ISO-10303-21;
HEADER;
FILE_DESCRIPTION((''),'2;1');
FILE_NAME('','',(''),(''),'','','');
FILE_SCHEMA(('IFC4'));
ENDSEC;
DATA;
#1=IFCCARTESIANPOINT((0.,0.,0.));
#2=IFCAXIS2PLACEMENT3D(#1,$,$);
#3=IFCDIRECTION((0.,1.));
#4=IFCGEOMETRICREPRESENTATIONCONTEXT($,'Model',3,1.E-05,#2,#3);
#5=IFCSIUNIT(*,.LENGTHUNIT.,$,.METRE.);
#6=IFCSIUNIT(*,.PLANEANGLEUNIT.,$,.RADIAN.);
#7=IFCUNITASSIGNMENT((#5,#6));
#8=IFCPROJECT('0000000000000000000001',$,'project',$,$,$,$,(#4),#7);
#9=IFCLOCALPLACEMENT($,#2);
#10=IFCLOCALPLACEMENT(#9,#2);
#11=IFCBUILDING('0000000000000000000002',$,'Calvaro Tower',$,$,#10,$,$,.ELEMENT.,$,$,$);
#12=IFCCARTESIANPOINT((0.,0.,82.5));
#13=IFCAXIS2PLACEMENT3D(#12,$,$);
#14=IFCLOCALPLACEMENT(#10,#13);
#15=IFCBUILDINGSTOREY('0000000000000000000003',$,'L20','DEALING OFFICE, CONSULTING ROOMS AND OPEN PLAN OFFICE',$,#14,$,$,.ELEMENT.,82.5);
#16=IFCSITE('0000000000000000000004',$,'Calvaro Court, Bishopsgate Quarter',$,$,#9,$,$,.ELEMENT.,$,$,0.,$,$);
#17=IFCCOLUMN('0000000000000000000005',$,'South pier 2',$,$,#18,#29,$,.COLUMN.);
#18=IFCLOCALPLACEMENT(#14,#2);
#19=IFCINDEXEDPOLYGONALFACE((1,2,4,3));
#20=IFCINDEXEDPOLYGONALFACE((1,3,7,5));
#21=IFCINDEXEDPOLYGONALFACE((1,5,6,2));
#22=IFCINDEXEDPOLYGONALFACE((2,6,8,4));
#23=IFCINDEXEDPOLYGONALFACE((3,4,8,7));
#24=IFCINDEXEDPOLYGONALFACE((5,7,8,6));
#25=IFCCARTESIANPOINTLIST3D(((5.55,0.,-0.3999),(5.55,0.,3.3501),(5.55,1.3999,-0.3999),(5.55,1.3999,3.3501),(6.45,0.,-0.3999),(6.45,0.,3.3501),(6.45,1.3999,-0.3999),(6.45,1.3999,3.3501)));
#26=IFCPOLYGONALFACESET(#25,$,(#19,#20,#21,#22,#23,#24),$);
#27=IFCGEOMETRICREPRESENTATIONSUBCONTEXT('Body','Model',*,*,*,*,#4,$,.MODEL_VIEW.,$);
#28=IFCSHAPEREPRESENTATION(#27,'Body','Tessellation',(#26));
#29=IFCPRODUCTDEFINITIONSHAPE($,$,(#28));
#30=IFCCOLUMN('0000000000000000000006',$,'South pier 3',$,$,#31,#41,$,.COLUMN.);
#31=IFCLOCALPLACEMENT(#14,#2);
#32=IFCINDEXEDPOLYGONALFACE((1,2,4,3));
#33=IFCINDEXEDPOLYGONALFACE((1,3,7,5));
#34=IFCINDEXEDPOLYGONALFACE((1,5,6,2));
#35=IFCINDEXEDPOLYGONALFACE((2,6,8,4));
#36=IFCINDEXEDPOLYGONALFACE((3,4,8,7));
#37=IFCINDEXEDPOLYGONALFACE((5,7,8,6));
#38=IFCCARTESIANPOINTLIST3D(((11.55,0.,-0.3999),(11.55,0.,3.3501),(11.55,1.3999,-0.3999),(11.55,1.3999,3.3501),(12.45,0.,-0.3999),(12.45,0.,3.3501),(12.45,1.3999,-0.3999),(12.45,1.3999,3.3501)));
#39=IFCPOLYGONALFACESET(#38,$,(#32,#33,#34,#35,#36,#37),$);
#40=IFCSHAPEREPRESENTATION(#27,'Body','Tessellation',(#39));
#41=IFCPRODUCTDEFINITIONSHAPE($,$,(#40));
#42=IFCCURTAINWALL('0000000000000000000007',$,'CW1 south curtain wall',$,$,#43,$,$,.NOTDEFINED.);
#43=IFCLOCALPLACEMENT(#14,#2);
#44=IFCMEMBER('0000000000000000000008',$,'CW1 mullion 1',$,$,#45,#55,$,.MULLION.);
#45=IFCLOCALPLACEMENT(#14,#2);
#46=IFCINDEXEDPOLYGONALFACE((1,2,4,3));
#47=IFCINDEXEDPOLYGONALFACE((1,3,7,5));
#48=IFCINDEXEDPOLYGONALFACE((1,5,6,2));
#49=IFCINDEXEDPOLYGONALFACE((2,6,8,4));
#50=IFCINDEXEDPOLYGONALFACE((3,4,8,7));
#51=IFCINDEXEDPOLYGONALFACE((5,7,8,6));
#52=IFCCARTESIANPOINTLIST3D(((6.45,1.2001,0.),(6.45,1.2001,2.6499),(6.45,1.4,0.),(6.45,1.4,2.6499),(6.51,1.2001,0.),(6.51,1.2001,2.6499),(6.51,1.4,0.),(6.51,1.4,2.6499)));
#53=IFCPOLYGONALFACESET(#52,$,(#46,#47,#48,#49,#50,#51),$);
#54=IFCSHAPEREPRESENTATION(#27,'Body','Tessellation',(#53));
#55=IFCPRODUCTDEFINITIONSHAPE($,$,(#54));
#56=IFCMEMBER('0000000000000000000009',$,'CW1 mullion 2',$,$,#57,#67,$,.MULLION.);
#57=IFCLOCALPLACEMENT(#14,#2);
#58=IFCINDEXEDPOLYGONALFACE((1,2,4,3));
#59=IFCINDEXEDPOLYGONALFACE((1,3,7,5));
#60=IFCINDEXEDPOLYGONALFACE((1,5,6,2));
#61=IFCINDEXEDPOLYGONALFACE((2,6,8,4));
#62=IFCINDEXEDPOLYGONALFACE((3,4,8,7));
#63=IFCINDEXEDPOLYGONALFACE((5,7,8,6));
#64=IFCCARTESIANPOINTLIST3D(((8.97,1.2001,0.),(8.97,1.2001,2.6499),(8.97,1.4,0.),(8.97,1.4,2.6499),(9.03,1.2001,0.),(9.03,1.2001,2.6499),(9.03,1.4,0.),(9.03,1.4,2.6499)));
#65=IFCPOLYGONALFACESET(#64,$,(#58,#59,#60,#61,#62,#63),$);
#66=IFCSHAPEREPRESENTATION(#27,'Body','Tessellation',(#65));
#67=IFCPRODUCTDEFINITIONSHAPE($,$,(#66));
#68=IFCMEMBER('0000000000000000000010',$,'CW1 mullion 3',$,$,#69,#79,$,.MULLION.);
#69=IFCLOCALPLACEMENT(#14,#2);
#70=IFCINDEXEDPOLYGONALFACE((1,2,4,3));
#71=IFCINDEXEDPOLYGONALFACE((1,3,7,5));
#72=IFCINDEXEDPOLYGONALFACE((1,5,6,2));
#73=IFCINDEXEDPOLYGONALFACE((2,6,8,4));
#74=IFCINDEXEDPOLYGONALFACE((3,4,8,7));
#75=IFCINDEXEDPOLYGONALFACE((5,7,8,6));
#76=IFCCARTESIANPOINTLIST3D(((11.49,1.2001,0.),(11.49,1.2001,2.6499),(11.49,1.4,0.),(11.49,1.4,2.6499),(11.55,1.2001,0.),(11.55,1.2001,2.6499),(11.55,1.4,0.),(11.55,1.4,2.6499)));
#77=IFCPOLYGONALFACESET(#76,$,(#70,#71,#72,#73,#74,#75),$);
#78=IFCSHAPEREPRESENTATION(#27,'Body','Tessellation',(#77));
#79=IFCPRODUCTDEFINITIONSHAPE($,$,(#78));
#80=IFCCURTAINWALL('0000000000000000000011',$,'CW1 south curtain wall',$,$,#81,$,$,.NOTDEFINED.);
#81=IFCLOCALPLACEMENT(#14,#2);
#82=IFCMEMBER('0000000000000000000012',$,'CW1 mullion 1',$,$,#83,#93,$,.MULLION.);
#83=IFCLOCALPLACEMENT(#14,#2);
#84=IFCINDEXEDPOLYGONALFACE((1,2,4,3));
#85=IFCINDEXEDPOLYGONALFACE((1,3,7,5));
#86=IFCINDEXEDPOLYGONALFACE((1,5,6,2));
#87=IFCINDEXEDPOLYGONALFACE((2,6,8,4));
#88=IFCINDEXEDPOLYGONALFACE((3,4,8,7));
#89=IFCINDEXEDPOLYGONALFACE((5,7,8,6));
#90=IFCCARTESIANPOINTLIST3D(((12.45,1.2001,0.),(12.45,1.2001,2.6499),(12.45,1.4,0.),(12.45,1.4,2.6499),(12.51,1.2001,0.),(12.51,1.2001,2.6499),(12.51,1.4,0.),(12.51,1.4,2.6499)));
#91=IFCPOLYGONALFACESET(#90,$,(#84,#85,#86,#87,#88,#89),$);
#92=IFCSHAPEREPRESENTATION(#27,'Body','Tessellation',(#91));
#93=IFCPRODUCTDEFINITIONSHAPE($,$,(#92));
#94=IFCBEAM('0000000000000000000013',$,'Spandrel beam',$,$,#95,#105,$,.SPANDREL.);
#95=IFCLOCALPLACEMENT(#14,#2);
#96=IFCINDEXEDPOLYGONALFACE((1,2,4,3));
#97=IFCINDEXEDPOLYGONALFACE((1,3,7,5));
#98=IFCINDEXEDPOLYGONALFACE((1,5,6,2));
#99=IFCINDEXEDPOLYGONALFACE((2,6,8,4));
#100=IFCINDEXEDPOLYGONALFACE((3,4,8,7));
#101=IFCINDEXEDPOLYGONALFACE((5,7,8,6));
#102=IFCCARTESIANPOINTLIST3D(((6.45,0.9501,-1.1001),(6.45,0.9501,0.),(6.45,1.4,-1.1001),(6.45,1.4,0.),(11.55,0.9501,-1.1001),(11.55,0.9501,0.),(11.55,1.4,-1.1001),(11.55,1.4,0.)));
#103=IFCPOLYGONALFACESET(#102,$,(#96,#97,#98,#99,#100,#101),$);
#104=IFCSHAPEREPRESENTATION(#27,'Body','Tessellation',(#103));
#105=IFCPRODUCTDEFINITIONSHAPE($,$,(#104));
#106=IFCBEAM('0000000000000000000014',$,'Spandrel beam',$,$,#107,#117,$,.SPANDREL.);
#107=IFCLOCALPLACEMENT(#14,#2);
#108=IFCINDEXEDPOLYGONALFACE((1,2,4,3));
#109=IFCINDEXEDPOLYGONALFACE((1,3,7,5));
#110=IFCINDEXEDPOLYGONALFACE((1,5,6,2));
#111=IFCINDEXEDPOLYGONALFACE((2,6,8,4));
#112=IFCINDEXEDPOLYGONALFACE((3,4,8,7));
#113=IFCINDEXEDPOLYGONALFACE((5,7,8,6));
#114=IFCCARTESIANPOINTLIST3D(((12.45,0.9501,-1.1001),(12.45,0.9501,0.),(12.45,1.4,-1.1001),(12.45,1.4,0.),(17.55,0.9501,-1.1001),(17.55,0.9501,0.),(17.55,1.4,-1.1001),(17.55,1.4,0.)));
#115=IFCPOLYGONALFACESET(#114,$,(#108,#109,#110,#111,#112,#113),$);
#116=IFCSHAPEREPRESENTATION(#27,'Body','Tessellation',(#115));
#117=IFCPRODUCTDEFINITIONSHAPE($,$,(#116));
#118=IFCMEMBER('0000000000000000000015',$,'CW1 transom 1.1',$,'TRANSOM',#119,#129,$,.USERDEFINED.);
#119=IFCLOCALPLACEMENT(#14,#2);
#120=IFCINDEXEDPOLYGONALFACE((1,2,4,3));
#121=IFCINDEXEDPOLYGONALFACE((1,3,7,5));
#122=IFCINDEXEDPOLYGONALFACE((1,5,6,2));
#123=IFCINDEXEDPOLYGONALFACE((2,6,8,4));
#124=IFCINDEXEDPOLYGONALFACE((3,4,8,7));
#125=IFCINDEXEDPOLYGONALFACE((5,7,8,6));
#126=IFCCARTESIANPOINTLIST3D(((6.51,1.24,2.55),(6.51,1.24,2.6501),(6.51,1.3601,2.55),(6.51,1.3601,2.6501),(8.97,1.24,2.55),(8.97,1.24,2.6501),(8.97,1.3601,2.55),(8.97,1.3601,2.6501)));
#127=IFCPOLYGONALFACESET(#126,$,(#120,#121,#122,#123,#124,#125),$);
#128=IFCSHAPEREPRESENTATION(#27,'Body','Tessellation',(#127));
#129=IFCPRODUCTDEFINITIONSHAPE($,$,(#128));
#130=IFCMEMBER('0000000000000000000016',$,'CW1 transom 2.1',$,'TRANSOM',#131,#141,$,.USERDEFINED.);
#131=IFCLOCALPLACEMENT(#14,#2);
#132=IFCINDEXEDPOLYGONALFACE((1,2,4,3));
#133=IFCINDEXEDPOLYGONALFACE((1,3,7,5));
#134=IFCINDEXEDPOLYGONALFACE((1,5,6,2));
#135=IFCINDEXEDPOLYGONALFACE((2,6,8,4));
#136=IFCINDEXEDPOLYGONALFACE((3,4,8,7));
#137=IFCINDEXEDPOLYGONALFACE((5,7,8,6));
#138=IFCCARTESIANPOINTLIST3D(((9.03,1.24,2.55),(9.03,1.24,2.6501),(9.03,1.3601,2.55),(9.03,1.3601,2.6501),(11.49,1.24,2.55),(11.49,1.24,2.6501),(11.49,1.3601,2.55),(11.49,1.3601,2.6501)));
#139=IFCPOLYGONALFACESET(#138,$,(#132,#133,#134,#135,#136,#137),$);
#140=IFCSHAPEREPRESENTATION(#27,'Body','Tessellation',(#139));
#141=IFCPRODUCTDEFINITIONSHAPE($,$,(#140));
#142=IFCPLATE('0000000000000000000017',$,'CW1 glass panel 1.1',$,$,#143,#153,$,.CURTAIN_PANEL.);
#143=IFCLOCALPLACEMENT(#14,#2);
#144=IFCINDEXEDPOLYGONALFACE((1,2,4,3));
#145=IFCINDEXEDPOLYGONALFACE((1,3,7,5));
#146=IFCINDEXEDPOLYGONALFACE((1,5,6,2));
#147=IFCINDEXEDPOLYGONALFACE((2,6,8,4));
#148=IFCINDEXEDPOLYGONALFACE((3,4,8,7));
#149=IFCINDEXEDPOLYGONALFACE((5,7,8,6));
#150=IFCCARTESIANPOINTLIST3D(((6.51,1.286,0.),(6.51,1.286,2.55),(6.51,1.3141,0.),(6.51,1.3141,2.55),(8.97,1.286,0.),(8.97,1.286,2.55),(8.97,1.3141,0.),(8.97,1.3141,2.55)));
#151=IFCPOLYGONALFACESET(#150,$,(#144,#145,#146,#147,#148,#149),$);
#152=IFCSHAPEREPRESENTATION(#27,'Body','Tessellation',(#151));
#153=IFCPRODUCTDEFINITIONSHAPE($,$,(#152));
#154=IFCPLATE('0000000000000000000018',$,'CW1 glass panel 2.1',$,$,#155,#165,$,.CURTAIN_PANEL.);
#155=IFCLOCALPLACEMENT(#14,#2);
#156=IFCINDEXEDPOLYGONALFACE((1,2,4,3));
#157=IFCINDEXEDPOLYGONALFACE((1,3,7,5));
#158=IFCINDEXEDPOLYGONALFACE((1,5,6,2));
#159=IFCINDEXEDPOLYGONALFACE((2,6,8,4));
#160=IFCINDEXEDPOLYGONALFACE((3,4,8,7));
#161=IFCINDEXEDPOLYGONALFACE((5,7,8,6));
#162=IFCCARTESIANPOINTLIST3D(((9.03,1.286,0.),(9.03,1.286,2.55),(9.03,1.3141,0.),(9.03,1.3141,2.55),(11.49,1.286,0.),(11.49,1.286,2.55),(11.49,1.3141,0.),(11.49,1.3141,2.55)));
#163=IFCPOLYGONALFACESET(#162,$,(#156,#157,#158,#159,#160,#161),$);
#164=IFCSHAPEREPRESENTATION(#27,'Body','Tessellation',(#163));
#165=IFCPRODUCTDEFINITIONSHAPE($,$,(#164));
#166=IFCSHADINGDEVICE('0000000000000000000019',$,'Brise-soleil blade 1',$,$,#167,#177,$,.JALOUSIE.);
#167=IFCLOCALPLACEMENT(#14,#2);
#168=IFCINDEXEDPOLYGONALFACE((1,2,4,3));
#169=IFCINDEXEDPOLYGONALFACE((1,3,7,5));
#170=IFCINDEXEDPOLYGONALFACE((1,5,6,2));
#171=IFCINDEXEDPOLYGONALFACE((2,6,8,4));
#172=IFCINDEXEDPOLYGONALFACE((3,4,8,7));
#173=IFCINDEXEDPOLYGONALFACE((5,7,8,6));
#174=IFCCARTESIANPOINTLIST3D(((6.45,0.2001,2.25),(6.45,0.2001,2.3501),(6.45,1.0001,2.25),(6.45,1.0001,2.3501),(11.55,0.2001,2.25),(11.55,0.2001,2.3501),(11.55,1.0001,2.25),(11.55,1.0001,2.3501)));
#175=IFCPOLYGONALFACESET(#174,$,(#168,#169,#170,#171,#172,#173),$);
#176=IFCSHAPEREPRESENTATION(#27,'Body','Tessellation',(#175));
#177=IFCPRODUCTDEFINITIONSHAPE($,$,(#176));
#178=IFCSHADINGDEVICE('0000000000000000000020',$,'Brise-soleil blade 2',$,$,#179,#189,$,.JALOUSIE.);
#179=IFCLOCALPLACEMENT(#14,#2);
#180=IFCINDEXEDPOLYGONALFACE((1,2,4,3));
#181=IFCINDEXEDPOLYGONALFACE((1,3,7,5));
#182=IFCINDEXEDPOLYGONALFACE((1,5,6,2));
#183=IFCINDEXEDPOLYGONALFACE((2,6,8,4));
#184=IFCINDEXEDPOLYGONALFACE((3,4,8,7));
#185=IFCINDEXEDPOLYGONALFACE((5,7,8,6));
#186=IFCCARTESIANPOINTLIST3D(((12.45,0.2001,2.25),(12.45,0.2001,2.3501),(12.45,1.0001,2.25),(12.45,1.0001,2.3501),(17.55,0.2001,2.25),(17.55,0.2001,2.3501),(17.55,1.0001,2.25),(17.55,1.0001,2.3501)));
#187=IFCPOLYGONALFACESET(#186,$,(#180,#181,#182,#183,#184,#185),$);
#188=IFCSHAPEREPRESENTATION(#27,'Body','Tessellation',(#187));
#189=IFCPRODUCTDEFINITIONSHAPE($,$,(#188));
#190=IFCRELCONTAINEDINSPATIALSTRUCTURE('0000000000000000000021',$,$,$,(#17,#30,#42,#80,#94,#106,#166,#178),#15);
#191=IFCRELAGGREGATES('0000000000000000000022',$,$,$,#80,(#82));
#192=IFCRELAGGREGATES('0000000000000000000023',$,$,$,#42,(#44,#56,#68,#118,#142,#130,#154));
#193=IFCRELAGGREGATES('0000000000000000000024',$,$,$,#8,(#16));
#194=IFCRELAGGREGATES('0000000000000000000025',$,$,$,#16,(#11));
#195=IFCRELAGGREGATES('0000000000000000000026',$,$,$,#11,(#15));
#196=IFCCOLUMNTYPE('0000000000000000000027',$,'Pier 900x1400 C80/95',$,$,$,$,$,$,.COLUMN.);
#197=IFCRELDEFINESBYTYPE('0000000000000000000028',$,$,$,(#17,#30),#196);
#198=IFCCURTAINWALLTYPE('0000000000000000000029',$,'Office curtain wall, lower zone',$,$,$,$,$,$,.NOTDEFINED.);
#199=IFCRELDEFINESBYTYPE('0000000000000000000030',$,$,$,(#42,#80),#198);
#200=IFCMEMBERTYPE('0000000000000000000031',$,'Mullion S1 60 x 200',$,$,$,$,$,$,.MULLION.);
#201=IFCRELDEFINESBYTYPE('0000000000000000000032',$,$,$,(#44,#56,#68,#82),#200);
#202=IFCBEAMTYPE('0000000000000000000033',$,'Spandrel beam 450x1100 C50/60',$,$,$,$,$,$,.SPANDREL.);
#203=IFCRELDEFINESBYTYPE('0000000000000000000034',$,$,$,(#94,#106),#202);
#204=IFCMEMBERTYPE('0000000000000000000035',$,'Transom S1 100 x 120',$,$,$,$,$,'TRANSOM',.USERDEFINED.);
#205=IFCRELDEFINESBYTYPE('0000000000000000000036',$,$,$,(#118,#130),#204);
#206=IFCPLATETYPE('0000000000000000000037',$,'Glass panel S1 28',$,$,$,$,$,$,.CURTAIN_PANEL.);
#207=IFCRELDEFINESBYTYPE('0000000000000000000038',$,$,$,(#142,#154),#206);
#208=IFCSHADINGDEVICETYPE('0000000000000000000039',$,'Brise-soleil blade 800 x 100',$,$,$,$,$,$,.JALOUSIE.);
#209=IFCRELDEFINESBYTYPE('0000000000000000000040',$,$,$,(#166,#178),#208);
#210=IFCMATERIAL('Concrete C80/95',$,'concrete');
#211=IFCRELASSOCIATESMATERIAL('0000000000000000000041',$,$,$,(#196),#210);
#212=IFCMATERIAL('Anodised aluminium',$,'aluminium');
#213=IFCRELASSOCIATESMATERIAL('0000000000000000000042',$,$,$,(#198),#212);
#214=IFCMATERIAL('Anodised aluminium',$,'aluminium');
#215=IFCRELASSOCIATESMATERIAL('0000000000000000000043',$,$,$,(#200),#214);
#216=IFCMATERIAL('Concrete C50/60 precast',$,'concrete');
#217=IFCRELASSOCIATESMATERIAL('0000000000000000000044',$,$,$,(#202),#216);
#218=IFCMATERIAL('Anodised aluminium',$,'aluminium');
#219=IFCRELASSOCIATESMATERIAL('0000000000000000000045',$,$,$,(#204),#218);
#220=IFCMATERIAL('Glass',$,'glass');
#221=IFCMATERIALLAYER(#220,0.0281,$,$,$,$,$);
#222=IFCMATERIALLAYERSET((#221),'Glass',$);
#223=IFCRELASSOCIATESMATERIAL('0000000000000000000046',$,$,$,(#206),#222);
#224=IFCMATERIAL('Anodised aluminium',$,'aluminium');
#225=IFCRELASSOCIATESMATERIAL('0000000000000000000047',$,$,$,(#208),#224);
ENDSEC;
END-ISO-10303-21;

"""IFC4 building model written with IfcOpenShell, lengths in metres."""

from ifc_helpers import new_model, si_unit, direction, frame, origin, origin_2d, place, context, subcontext, project, spatial, rectangle, extrude, material, layer, layer_set, material_profile, profile_set, type_object, element, aggregate, save


model = new_model("IFC4")

# Units and contexts
model_context = context("Model", 3, precision=1e-05, world=origin(), true_north=direction((0.0, 1.0)))
body_context = subcontext(model_context, "Body", "Model", "MODEL_VIEW")
ifc_project = project(units=[si_unit("LENGTHUNIT", "METRE"), si_unit("PLANEANGLEUNIT", "RADIAN")], contexts=[model_context])

# Site, building, storey
site_placement = place(None, origin())
site = spatial("IfcSite", under=ifc_project, at=site_placement, Name="Calvaro Court, Bishopsgate Quarter", CompositionType="ELEMENT", RefElevation=0.0)
building_placement = place(site_placement, origin())
building = spatial("IfcBuilding", under=site, at=building_placement, Name="Calvaro Tower", CompositionType="ELEMENT")
storey_placement = place(building_placement, frame((0.0, 0.0, 82.5)))
storey = spatial("IfcBuildingStorey", under=building, at=storey_placement, Name="L20", Description="DEALING OFFICE, CONSULTING ROOMS AND OPEN PLAN OFFICE", CompositionType="ELEMENT", Elevation=82.5)

# Columns
ifc_material_1 = material(Name="Concrete C80/95", Category="concrete")
ifc_material_profile_1 = material_profile(ifc_material_1, rectangle(XDim=0.8999, YDim=1.3999, at=origin_2d()), Name="RC 900x1400")
ifc_profile_set_1 = profile_set([ifc_material_profile_1], Name="Concrete C80/95")
column_type = type_object("IfcColumnType", Name="Pier 900x1400 C80/95", PredefinedType="COLUMN", material=ifc_profile_set_1)
for number, where, z_axis, x_axis, name in (
    (1, (6.0, 0.7, -0.3999), (0.0, 0.0, 1.0), (1.0, 0.0, 0.0), "South pier 2"),
    (2, (12.0, 0.7, -0.3999), (0.0, 0.0, 1.0), (1.0, 0.0, 0.0), "South pier 3"),
):
    element("IfcColumn", number, at=place(storey_placement, frame(where, z_axis=z_axis, x_axis=x_axis)), inside=storey, type_object=column_type, Name=name, PredefinedType="COLUMN", context=body_context, shape_type="SweptSolid", body=[
        extrude(rectangle(XDim=0.8999, YDim=1.3999, at=origin_2d()), origin(), (0.0, 0.0, 1.0), 3.75),
    ])

# Curtain wall, members
ifc_material_2 = material(Name="Anodised aluminium", Category="aluminium")
curtain_wall_type = type_object("IfcCurtainWallType", Name="Office curtain wall, lower zone", PredefinedType="NOTDEFINED", material=ifc_material_2)
curtain_wall_1_placement = place(storey_placement, origin())
curtain_wall_1 = element("IfcCurtainWall", 3, at=curtain_wall_1_placement, inside=storey, type_object=curtain_wall_type, Name="CW1 south curtain wall", PredefinedType="NOTDEFINED")
ifc_material_3 = material(Name="Anodised aluminium", Category="aluminium")
ifc_material_profile_2 = material_profile(ifc_material_3, rectangle(XDim=0.2, YDim=0.0601, at=origin_2d()), Name="Mullion S1 60 x 200")
ifc_profile_set_2 = profile_set([ifc_material_profile_2], Name="Anodised aluminium")
member_type_1 = type_object("IfcMemberType", Name="Mullion S1 60 x 200", PredefinedType="MULLION", material=ifc_profile_set_2)
member_1_placement = place(storey_placement, frame((6.48, 1.3, 0.0), z_axis=(0.0, 0.0, 1.0), x_axis=(0.0, 1.0, 0.0)))
member_1 = element("IfcMember", 4, at=member_1_placement, type_object=member_type_1, Name="CW1 mullion 1", PredefinedType="MULLION", context=body_context, shape_type="SweptSolid", body=[
    extrude(rectangle(XDim=0.2, YDim=0.0601, at=origin_2d()), origin(), (0.0, 0.0, 1.0), 2.6499),
])
member_2_placement = place(storey_placement, frame((9.0, 1.3, 0.0), z_axis=(0.0, 0.0, 1.0), x_axis=(0.0, 1.0, 0.0)))
member_2 = element("IfcMember", 5, at=member_2_placement, type_object=member_type_1, Name="CW1 mullion 2", PredefinedType="MULLION", context=body_context, shape_type="SweptSolid", body=[
    extrude(rectangle(XDim=0.2, YDim=0.0601, at=origin_2d()), origin(), (0.0, 0.0, 1.0), 2.6499),
])
member_3_placement = place(storey_placement, frame((11.52, 1.3, 0.0), z_axis=(0.0, 0.0, 1.0), x_axis=(0.0, 1.0, 0.0)))
member_3 = element("IfcMember", 6, at=member_3_placement, type_object=member_type_1, Name="CW1 mullion 3", PredefinedType="MULLION", context=body_context, shape_type="SweptSolid", body=[
    extrude(rectangle(XDim=0.2, YDim=0.0601, at=origin_2d()), origin(), (0.0, 0.0, 1.0), 2.6499),
])

# Curtain wall, member
curtain_wall_2_placement = place(storey_placement, origin())
curtain_wall_2 = element("IfcCurtainWall", 7, at=curtain_wall_2_placement, inside=storey, type_object=curtain_wall_type, Name="CW1 south curtain wall", PredefinedType="NOTDEFINED")
member_4_placement = place(storey_placement, frame((12.48, 1.3, 0.0), z_axis=(0.0, 0.0, 1.0), x_axis=(0.0, 1.0, 0.0)))
member_4 = element("IfcMember", 8, at=member_4_placement, type_object=member_type_1, Name="CW1 mullion 1", PredefinedType="MULLION", context=body_context, shape_type="SweptSolid", body=[
    extrude(rectangle(XDim=0.2, YDim=0.0601, at=origin_2d()), origin(), (0.0, 0.0, 1.0), 2.6499),
])
aggregate(curtain_wall_2, [member_4])

# Beams
ifc_material_4 = material(Name="Concrete C50/60 precast", Category="concrete")
ifc_material_profile_3 = material_profile(ifc_material_4, rectangle(XDim=0.45, YDim=1.1001, at=origin_2d()), Name="RC 450x1100")
ifc_profile_set_3 = profile_set([ifc_material_profile_3], Name="Concrete C50/60 precast")
beam_type = type_object("IfcBeamType", Name="Spandrel beam 450x1100 C50/60", PredefinedType="SPANDREL", material=ifc_profile_set_3)
for number, where, z_axis, x_axis, name in (
    (9, (6.45, 1.175, -0.55), (1.0, 0.0, 0.0), (0.0, 1.0, 0.0), "Spandrel beam"),
    (10, (12.45, 1.175, -0.55), (1.0, 0.0, 0.0), (0.0, 1.0, 0.0), "Spandrel beam"),
):
    element("IfcBeam", number, at=place(storey_placement, frame(where, z_axis=z_axis, x_axis=x_axis)), inside=storey, type_object=beam_type, Name=name, PredefinedType="SPANDREL", context=body_context, shape_type="SweptSolid", body=[
        extrude(rectangle(XDim=0.45, YDim=1.1001, at=origin_2d()), origin(), (0.0, 0.0, 1.0), 5.1001),
    ])

# Members
ifc_material_5 = material(Name="Anodised aluminium", Category="aluminium")
ifc_material_profile_4 = material_profile(ifc_material_5, rectangle(XDim=0.1201, YDim=0.1001, at=origin_2d()), Name="Transom S1 100 x 120")
ifc_profile_set_4 = profile_set([ifc_material_profile_4], Name="Anodised aluminium")
member_type_2 = type_object("IfcMemberType", Name="Transom S1 100 x 120", ElementType="TRANSOM", PredefinedType="USERDEFINED", material=ifc_profile_set_4)
member_5_placement = place(storey_placement, frame((6.51, 1.3, 2.6001), z_axis=(1.0, 0.0, 0.0), x_axis=(0.0, 1.0, 0.0)))
member_5 = element("IfcMember", 11, at=member_5_placement, type_object=member_type_2, Name="CW1 transom 1.1", ObjectType="TRANSOM", PredefinedType="USERDEFINED", context=body_context, shape_type="SweptSolid", body=[
    extrude(rectangle(XDim=0.1201, YDim=0.1001, at=origin_2d()), origin(), (0.0, 0.0, 1.0), 2.46),
])
member_6_placement = place(storey_placement, frame((9.03, 1.3, 2.6001), z_axis=(1.0, 0.0, 0.0), x_axis=(0.0, 1.0, 0.0)))
member_6 = element("IfcMember", 12, at=member_6_placement, type_object=member_type_2, Name="CW1 transom 2.1", ObjectType="TRANSOM", PredefinedType="USERDEFINED", context=body_context, shape_type="SweptSolid", body=[
    extrude(rectangle(XDim=0.1201, YDim=0.1001, at=origin_2d()), origin(), (0.0, 0.0, 1.0), 2.46),
])

# Plates
ifc_material_6 = material(Name="Glass", Category="glass")
ifc_layer_1 = layer(ifc_material_6, 0.0281)
ifc_layer_set_1 = layer_set([ifc_layer_1], Name="Glass")
plate_type = type_object("IfcPlateType", Name="Glass panel S1 28", PredefinedType="CURTAIN_PANEL", material=ifc_layer_set_1)
plate_1_placement = place(storey_placement, frame((7.74, 1.3, 0.0), z_axis=(0.0, 0.0, 1.0), x_axis=(1.0, 0.0, 0.0)))
plate_1 = element("IfcPlate", 13, at=plate_1_placement, type_object=plate_type, Name="CW1 glass panel 1.1", PredefinedType="CURTAIN_PANEL", context=body_context, shape_type="SweptSolid", body=[
    extrude(rectangle(XDim=2.46, YDim=0.0281, at=origin_2d()), origin(), (0.0, 0.0, 1.0), 2.55),
])
plate_2_placement = place(storey_placement, frame((10.26, 1.3, 0.0), z_axis=(0.0, 0.0, 1.0), x_axis=(1.0, 0.0, 0.0)))
plate_2 = element("IfcPlate", 14, at=plate_2_placement, type_object=plate_type, Name="CW1 glass panel 2.1", PredefinedType="CURTAIN_PANEL", context=body_context, shape_type="SweptSolid", body=[
    extrude(rectangle(XDim=2.46, YDim=0.0281, at=origin_2d()), origin(), (0.0, 0.0, 1.0), 2.55),
])
aggregate(curtain_wall_1, [member_1, member_2, member_3, member_5, plate_1, member_6, plate_2])

# Shading devices
ifc_material_7 = material(Name="Anodised aluminium", Category="aluminium")
ifc_material_profile_5 = material_profile(ifc_material_7, rectangle(XDim=0.8, YDim=0.1001, at=origin_2d()), Name="Brise-soleil blade 800 x 100")
ifc_profile_set_5 = profile_set([ifc_material_profile_5], Name="Anodised aluminium")
shading_device_type = type_object("IfcShadingDeviceType", Name="Brise-soleil blade 800 x 100", PredefinedType="JALOUSIE", material=ifc_profile_set_5)
for number, where, z_axis, x_axis, name in (
    (15, (6.45, 0.6001, 2.3), (1.0, 0.0, 0.0), (0.0, 1.0, 0.0), "Brise-soleil blade 1"),
    (16, (12.45, 0.6001, 2.3), (1.0, 0.0, 0.0), (0.0, 1.0, 0.0), "Brise-soleil blade 2"),
):
    element("IfcShadingDevice", number, at=place(storey_placement, frame(where, z_axis=z_axis, x_axis=x_axis)), inside=storey, type_object=shading_device_type, Name=name, PredefinedType="JALOUSIE", context=body_context, shape_type="SweptSolid", body=[
        extrude(rectangle(XDim=0.8, YDim=0.1001, at=origin_2d()), origin(), (0.0, 0.0, 1.0), 5.1001),
    ])

save(model, "model.ifc")
